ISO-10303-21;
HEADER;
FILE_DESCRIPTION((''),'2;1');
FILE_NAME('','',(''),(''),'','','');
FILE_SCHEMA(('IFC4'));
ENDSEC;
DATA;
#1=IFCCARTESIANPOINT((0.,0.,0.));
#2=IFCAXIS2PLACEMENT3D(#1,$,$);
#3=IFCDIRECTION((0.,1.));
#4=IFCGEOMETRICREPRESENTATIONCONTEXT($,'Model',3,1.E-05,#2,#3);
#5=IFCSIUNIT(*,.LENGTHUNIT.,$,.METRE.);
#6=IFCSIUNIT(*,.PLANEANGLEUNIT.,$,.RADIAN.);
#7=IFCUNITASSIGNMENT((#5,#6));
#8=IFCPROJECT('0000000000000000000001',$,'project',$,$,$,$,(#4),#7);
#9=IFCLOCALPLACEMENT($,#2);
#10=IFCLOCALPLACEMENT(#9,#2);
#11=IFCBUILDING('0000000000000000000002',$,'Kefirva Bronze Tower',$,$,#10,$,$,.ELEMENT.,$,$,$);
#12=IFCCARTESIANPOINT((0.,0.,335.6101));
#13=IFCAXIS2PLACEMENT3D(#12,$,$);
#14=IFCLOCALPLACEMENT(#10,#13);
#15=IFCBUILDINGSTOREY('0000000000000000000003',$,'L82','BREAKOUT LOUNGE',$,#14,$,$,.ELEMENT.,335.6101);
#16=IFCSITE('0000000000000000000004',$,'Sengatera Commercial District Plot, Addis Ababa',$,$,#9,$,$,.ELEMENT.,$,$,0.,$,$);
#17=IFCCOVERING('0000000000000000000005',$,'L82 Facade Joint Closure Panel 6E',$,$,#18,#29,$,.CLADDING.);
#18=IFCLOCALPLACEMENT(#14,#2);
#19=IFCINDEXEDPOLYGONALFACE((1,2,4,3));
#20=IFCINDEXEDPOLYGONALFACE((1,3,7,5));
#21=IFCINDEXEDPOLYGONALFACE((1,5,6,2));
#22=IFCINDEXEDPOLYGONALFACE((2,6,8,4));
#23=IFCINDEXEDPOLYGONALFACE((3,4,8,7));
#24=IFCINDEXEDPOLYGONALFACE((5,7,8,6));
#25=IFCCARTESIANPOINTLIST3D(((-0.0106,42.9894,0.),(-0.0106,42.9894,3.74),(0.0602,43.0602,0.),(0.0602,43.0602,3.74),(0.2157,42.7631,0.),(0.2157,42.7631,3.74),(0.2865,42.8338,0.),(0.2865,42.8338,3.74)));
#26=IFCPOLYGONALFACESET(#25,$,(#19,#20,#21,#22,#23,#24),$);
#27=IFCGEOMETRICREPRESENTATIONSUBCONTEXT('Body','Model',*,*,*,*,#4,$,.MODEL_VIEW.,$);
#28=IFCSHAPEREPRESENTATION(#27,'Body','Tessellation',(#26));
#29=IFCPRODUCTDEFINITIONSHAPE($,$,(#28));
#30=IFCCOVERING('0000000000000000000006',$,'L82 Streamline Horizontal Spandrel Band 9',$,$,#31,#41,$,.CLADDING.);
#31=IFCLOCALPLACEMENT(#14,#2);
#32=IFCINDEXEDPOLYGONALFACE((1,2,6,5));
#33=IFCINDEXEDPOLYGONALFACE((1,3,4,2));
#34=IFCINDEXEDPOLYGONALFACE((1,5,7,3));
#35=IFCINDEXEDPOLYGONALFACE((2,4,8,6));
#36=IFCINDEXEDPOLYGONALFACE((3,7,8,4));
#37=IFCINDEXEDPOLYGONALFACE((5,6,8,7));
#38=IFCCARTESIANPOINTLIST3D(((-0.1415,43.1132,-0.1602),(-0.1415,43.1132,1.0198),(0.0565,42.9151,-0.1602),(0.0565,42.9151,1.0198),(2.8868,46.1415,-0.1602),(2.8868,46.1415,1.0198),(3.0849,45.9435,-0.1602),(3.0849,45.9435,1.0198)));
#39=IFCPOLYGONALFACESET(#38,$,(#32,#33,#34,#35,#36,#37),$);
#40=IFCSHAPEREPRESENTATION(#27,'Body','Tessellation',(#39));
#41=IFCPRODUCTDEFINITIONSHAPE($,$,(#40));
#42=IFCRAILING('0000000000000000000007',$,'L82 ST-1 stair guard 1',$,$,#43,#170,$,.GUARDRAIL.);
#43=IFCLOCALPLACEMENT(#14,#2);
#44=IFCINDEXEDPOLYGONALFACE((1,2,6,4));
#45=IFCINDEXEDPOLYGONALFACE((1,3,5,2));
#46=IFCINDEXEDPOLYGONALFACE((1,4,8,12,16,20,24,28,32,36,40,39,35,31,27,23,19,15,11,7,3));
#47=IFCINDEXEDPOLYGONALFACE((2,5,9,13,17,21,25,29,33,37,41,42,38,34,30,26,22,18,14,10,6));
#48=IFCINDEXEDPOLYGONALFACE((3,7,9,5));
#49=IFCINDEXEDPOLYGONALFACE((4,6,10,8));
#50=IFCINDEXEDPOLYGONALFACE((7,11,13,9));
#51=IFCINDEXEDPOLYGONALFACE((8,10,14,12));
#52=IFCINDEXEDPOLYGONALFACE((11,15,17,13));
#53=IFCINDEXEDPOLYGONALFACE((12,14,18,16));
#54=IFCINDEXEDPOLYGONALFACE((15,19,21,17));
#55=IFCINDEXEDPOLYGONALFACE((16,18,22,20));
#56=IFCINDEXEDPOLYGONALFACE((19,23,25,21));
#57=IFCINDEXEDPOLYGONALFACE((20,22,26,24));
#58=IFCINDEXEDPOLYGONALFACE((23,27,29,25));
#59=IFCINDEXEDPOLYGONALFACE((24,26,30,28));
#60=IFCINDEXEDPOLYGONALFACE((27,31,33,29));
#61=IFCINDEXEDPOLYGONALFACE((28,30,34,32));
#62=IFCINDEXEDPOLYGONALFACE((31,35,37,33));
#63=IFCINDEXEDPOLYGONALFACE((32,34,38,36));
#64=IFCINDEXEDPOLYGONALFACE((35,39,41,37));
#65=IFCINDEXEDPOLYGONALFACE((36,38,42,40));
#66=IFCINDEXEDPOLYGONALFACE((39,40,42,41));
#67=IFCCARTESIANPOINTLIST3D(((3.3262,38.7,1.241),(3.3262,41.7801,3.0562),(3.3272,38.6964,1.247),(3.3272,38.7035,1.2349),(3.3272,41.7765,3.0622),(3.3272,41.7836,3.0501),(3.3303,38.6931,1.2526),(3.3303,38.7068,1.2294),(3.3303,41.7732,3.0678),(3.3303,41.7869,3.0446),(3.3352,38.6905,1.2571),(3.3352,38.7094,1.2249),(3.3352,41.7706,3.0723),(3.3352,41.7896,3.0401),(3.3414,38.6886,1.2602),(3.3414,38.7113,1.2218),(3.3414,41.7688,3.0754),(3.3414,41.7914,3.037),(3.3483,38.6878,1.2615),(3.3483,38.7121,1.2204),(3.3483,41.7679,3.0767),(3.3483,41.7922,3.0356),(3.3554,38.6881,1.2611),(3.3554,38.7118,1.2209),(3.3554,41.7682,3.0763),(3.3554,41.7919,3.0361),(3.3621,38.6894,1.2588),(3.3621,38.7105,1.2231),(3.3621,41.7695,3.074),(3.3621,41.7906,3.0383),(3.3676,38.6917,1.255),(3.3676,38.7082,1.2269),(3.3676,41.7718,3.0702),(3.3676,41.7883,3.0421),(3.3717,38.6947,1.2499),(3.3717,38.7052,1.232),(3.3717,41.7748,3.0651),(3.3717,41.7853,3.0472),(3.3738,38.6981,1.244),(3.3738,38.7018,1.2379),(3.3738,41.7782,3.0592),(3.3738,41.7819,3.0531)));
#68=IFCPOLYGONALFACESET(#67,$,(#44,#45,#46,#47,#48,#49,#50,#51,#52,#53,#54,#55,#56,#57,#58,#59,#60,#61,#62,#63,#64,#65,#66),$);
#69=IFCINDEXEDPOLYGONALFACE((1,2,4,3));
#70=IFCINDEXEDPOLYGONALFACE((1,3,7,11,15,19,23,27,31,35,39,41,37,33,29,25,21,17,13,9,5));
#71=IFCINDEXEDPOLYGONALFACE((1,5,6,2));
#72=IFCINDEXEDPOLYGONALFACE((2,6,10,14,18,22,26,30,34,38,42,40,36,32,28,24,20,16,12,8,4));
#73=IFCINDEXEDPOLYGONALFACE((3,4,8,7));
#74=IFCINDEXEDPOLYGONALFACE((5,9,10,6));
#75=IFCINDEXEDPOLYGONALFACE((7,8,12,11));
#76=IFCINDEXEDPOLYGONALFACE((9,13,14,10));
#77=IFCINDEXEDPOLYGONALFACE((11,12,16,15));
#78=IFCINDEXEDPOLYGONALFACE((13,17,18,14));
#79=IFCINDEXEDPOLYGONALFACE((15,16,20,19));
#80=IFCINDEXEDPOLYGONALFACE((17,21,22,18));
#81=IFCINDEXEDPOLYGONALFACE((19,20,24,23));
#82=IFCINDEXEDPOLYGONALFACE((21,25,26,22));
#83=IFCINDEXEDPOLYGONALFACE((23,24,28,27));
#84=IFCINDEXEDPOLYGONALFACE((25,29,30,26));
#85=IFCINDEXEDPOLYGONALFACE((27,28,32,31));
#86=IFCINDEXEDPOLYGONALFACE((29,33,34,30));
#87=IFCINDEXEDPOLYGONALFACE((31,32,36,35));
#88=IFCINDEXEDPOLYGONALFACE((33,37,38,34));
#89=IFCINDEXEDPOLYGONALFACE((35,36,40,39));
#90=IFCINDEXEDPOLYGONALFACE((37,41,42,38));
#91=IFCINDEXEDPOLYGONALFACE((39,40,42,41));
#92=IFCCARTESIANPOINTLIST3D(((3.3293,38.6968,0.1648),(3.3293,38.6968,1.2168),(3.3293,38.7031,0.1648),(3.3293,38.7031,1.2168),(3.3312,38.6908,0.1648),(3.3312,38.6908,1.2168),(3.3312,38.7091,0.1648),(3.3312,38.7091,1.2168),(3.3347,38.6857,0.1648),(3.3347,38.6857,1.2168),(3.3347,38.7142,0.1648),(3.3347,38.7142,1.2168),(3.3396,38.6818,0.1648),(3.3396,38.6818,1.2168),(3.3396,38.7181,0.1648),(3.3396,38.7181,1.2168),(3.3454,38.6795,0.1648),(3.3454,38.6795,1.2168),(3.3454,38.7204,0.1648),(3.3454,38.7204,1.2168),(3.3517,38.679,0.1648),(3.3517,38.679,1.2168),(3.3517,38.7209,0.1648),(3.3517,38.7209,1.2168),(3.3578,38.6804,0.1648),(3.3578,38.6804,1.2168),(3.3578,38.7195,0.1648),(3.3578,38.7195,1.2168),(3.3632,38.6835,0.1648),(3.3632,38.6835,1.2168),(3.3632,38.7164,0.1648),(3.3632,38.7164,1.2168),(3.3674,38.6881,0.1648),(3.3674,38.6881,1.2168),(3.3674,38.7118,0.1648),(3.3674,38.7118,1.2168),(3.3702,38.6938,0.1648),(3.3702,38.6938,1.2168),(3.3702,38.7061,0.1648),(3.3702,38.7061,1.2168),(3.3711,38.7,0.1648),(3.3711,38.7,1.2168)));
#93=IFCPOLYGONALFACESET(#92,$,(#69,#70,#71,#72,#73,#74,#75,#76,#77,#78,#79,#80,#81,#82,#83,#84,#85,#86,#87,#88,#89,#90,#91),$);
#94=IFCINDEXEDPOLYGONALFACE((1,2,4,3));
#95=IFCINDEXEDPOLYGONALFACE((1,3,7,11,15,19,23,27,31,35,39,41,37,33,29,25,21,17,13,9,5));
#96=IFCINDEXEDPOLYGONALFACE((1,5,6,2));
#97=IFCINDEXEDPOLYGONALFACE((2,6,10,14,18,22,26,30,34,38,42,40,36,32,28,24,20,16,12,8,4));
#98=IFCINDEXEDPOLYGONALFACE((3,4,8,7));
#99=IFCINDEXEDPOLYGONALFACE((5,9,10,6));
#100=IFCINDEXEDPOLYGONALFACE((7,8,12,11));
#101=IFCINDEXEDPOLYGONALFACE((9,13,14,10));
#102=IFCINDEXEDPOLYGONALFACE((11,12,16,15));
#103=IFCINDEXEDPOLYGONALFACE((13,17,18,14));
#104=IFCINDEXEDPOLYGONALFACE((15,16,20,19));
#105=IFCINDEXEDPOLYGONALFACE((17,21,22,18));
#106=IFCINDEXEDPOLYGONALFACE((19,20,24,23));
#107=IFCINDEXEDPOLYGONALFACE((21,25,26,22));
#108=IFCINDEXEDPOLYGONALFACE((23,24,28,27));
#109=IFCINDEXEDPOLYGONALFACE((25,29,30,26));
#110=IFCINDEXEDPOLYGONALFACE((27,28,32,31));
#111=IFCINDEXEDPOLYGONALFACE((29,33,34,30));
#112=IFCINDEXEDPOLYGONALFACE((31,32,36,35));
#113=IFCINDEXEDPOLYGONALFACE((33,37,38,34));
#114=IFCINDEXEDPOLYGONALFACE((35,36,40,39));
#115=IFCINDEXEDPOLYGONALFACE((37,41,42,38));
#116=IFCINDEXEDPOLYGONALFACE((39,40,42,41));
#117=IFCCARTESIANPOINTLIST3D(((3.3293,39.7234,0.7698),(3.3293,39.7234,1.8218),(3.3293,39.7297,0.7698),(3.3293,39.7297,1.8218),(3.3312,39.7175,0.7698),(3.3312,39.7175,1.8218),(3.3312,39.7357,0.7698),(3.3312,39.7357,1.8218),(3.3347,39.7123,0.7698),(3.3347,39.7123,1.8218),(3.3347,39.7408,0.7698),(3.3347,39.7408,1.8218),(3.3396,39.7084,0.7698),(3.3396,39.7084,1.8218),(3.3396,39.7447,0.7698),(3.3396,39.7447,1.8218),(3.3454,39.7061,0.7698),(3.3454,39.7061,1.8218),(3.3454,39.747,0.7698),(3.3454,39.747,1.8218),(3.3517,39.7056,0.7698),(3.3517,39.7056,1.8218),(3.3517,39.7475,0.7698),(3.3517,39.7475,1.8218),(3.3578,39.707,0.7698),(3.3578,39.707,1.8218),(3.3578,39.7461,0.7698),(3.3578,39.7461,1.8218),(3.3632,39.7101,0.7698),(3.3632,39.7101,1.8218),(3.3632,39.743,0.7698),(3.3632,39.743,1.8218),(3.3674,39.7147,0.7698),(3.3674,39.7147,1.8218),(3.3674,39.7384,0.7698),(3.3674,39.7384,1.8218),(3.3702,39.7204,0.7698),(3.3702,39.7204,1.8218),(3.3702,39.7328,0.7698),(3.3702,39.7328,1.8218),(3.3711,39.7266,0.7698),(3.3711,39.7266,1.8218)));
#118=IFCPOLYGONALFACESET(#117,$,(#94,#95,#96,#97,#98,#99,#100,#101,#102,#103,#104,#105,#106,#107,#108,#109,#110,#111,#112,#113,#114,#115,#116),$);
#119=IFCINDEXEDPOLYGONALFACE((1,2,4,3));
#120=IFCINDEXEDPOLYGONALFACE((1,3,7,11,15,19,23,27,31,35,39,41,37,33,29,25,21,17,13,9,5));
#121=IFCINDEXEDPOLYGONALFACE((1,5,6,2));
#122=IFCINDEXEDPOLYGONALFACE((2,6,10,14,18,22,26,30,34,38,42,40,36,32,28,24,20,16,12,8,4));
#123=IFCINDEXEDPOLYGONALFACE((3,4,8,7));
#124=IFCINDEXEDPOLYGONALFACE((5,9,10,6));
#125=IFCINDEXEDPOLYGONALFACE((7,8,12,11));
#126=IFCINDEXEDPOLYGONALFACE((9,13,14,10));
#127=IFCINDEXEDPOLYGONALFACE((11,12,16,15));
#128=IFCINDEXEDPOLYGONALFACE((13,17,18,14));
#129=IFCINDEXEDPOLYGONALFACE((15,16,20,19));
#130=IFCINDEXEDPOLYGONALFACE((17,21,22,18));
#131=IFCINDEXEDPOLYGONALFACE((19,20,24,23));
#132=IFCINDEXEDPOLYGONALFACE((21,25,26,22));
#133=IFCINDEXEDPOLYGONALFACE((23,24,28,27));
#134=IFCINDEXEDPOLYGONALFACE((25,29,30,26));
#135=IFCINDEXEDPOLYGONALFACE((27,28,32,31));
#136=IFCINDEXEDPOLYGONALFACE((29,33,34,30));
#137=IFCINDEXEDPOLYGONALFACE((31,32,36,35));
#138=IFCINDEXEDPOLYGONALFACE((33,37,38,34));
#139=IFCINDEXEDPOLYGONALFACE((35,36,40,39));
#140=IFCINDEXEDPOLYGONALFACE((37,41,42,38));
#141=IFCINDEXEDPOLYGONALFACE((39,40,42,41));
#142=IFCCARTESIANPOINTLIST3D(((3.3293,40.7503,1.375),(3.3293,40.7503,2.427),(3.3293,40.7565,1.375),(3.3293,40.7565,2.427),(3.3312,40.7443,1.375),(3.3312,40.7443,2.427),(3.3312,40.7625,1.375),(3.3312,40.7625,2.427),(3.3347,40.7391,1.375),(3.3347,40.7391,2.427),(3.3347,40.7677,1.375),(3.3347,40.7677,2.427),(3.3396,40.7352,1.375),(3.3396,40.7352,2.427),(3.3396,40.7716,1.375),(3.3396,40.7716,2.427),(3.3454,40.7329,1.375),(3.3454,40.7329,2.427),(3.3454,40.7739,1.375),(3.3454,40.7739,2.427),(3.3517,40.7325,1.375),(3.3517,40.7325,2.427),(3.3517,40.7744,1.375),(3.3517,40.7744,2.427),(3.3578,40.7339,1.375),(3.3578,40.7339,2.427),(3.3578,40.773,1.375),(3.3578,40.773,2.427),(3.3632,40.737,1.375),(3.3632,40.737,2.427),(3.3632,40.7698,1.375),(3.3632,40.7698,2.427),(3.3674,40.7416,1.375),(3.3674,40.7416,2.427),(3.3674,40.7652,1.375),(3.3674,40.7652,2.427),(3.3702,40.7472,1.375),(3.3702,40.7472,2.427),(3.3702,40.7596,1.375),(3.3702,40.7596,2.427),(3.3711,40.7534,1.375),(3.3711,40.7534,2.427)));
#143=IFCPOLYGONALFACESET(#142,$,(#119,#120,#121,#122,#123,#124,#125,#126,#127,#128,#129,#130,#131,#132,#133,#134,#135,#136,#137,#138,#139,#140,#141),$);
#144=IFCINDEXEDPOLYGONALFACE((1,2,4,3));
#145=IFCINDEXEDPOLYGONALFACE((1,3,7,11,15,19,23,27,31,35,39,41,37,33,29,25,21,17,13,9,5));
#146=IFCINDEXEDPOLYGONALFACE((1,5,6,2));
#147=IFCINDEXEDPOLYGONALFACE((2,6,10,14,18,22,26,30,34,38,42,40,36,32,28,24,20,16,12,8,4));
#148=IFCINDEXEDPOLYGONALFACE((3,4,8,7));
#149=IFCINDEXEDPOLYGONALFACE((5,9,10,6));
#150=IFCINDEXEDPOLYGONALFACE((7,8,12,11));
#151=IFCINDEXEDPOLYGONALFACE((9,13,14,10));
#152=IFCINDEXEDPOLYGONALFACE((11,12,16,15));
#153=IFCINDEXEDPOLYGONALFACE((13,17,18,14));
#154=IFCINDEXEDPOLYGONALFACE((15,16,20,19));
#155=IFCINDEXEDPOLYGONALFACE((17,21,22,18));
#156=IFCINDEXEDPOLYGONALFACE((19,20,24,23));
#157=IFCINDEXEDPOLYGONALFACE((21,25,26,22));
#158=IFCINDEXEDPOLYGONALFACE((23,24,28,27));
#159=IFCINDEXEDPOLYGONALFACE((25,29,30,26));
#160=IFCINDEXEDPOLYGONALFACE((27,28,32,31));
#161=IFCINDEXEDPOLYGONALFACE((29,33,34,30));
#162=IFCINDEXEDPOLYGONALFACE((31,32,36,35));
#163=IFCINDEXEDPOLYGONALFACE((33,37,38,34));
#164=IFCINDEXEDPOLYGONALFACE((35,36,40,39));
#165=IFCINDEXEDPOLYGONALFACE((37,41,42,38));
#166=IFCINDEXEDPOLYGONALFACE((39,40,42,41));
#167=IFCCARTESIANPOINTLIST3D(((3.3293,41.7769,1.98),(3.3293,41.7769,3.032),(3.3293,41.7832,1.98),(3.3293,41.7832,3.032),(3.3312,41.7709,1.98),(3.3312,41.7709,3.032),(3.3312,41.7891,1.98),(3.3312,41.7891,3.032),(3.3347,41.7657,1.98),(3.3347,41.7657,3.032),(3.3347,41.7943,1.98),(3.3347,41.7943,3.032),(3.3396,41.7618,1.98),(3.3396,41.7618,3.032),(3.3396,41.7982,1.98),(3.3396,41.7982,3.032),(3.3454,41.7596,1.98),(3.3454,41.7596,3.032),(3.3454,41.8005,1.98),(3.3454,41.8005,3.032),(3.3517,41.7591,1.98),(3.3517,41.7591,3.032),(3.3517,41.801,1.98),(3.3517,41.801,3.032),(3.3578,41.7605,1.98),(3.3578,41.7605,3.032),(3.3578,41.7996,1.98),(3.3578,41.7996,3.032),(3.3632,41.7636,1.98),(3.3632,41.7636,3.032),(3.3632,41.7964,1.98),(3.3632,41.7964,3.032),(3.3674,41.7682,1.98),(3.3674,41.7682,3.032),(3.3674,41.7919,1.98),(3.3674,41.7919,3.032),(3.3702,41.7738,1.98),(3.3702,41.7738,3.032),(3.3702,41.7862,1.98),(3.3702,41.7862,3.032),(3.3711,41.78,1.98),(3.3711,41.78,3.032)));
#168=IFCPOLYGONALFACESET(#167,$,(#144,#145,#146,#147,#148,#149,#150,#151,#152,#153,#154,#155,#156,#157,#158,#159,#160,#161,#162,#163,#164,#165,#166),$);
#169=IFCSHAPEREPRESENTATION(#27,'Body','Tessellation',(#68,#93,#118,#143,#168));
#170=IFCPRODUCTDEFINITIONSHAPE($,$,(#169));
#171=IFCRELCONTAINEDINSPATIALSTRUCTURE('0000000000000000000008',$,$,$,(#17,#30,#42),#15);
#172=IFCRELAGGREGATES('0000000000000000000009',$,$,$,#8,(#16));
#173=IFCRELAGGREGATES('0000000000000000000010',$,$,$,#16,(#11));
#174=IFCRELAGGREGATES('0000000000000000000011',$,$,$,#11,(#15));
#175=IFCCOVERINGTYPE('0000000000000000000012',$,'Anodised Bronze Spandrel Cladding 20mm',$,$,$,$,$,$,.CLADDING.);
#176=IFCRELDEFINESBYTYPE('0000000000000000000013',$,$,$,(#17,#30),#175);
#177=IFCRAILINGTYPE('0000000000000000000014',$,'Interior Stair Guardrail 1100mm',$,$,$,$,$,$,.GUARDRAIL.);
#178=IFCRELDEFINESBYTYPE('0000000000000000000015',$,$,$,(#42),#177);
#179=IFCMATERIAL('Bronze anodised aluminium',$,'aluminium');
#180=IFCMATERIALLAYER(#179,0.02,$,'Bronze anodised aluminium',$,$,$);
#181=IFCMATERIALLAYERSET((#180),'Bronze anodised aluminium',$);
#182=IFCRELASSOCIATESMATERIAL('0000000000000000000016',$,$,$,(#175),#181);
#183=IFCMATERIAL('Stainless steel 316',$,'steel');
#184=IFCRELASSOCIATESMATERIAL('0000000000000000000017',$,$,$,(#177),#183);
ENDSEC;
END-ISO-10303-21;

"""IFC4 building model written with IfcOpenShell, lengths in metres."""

from ifc_helpers import new_model, si_unit, direction, frame, origin, origin_2d, place, context, subcontext, project, spatial, rectangle, circle, extrude, material, layer, layer_set, type_object, element, save


model = new_model("IFC4")

# Units and contexts
model_context = context("Model", 3, precision=1e-05, world=origin(), true_north=direction((0.0, 1.0)))
body_context = subcontext(model_context, "Body", "Model", "MODEL_VIEW")
ifc_project = project(units=[si_unit("LENGTHUNIT", "METRE"), si_unit("PLANEANGLEUNIT", "RADIAN")], contexts=[model_context])

# Site, building, storey
site_placement = place(None, origin())
site = spatial("IfcSite", under=ifc_project, at=site_placement, Name="Sengatera Commercial District Plot, Addis Ababa", CompositionType="ELEMENT", RefElevation=0.0)
building_placement = place(site_placement, origin())
building = spatial("IfcBuilding", under=site, at=building_placement, Name="Kefirva Bronze Tower", CompositionType="ELEMENT")
storey_placement = place(building_placement, frame((0.0, 0.0, 335.6101)))
storey = spatial("IfcBuildingStorey", under=building, at=storey_placement, Name="L82", Description="BREAKOUT LOUNGE", CompositionType="ELEMENT", Elevation=335.6101)

# Coverings
ifc_material_1 = material(Name="Bronze anodised aluminium", Category="aluminium")
ifc_layer_1 = layer(ifc_material_1, 0.02, Name="Bronze anodised aluminium")
ifc_layer_set_1 = layer_set([ifc_layer_1], Name="Bronze anodised aluminium")
covering_type_1 = type_object("IfcCoveringType", Name="Anodised Bronze Spandrel Cladding 20mm", PredefinedType="CLADDING", material=ifc_layer_set_1)
for number, where, z_axis, x_axis, name in (
    (1, (0.1379, 42.9116, 0.0), (0.0, 0.0, 1.0), (-0.707107, -0.707107, 0.0), "L82 Facade Joint Closure Panel 6E"),
):
    element("IfcCovering", number, at=place(storey_placement, frame(where, z_axis=z_axis, x_axis=x_axis)), inside=storey, type_object=covering_type_1, Name=name, PredefinedType="CLADDING", context=body_context, shape_type="SweptSolid", body=[
        extrude(rectangle(XDim=0.1001, YDim=0.3201, at=origin_2d()), origin(), (0.0, 0.0, 1.0), 3.74),
    ])
covering_1_placement = place(storey_placement, frame((1.4717, 44.5283, -0.1602), z_axis=(0.0, 0.0, 1.0), x_axis=(-0.707107, -0.707107, 0.0)))
element("IfcCovering", 2, at=covering_1_placement, inside=storey, type_object=covering_type_1, Name="L82 Streamline Horizontal Spandrel Band 9", PredefinedType="CLADDING", context=body_context, shape_type="SweptSolid", body=[
    extrude(rectangle(XDim=4.2827, YDim=0.28, at=origin_2d()), origin(), (0.0, 0.0, 1.0), 1.1799),
])

# Railing
ifc_material_2 = material(Name="Stainless steel 316", Category="steel")
railing_type_1 = type_object("IfcRailingType", Name="Interior Stair Guardrail 1100mm", PredefinedType="GUARDRAIL", material=ifc_material_2)
railing_1_placement = place(storey_placement, frame((3.3501, 38.7, 0.1648)))
element("IfcRailing", 3, at=railing_1_placement, inside=storey, type_object=railing_type_1, Name="L82 ST-1 stair guard 1", PredefinedType="GUARDRAIL", context=body_context, shape_type="SweptSolid", body=[
    extrude(circle(Radius=0.0239, at=origin_2d()), frame((0.0, 0.0, 1.0762), z_axis=(0.0, 0.861521, 0.507721), x_axis=(-1.0, 0.0, 0.0)), (0.0, 0.0, 1.0), 3.5752),
    extrude(circle(Radius=0.021, at=origin_2d()), origin(), (0.0, 0.0, 1.0), 1.052),
    extrude(circle(Radius=0.021, at=origin_2d()), frame((0.0, 1.0266, 0.605)), (0.0, 0.0, 1.0), 1.052),
    extrude(circle(Radius=0.021, at=origin_2d()), frame((0.0, 2.0535, 1.2102)), (0.0, 0.0, 1.0), 1.052),
    extrude(circle(Radius=0.021, at=origin_2d()), frame((0.0, 3.0801, 1.8152)), (0.0, 0.0, 1.0), 1.052),
])

save(model, "model.ifc")
